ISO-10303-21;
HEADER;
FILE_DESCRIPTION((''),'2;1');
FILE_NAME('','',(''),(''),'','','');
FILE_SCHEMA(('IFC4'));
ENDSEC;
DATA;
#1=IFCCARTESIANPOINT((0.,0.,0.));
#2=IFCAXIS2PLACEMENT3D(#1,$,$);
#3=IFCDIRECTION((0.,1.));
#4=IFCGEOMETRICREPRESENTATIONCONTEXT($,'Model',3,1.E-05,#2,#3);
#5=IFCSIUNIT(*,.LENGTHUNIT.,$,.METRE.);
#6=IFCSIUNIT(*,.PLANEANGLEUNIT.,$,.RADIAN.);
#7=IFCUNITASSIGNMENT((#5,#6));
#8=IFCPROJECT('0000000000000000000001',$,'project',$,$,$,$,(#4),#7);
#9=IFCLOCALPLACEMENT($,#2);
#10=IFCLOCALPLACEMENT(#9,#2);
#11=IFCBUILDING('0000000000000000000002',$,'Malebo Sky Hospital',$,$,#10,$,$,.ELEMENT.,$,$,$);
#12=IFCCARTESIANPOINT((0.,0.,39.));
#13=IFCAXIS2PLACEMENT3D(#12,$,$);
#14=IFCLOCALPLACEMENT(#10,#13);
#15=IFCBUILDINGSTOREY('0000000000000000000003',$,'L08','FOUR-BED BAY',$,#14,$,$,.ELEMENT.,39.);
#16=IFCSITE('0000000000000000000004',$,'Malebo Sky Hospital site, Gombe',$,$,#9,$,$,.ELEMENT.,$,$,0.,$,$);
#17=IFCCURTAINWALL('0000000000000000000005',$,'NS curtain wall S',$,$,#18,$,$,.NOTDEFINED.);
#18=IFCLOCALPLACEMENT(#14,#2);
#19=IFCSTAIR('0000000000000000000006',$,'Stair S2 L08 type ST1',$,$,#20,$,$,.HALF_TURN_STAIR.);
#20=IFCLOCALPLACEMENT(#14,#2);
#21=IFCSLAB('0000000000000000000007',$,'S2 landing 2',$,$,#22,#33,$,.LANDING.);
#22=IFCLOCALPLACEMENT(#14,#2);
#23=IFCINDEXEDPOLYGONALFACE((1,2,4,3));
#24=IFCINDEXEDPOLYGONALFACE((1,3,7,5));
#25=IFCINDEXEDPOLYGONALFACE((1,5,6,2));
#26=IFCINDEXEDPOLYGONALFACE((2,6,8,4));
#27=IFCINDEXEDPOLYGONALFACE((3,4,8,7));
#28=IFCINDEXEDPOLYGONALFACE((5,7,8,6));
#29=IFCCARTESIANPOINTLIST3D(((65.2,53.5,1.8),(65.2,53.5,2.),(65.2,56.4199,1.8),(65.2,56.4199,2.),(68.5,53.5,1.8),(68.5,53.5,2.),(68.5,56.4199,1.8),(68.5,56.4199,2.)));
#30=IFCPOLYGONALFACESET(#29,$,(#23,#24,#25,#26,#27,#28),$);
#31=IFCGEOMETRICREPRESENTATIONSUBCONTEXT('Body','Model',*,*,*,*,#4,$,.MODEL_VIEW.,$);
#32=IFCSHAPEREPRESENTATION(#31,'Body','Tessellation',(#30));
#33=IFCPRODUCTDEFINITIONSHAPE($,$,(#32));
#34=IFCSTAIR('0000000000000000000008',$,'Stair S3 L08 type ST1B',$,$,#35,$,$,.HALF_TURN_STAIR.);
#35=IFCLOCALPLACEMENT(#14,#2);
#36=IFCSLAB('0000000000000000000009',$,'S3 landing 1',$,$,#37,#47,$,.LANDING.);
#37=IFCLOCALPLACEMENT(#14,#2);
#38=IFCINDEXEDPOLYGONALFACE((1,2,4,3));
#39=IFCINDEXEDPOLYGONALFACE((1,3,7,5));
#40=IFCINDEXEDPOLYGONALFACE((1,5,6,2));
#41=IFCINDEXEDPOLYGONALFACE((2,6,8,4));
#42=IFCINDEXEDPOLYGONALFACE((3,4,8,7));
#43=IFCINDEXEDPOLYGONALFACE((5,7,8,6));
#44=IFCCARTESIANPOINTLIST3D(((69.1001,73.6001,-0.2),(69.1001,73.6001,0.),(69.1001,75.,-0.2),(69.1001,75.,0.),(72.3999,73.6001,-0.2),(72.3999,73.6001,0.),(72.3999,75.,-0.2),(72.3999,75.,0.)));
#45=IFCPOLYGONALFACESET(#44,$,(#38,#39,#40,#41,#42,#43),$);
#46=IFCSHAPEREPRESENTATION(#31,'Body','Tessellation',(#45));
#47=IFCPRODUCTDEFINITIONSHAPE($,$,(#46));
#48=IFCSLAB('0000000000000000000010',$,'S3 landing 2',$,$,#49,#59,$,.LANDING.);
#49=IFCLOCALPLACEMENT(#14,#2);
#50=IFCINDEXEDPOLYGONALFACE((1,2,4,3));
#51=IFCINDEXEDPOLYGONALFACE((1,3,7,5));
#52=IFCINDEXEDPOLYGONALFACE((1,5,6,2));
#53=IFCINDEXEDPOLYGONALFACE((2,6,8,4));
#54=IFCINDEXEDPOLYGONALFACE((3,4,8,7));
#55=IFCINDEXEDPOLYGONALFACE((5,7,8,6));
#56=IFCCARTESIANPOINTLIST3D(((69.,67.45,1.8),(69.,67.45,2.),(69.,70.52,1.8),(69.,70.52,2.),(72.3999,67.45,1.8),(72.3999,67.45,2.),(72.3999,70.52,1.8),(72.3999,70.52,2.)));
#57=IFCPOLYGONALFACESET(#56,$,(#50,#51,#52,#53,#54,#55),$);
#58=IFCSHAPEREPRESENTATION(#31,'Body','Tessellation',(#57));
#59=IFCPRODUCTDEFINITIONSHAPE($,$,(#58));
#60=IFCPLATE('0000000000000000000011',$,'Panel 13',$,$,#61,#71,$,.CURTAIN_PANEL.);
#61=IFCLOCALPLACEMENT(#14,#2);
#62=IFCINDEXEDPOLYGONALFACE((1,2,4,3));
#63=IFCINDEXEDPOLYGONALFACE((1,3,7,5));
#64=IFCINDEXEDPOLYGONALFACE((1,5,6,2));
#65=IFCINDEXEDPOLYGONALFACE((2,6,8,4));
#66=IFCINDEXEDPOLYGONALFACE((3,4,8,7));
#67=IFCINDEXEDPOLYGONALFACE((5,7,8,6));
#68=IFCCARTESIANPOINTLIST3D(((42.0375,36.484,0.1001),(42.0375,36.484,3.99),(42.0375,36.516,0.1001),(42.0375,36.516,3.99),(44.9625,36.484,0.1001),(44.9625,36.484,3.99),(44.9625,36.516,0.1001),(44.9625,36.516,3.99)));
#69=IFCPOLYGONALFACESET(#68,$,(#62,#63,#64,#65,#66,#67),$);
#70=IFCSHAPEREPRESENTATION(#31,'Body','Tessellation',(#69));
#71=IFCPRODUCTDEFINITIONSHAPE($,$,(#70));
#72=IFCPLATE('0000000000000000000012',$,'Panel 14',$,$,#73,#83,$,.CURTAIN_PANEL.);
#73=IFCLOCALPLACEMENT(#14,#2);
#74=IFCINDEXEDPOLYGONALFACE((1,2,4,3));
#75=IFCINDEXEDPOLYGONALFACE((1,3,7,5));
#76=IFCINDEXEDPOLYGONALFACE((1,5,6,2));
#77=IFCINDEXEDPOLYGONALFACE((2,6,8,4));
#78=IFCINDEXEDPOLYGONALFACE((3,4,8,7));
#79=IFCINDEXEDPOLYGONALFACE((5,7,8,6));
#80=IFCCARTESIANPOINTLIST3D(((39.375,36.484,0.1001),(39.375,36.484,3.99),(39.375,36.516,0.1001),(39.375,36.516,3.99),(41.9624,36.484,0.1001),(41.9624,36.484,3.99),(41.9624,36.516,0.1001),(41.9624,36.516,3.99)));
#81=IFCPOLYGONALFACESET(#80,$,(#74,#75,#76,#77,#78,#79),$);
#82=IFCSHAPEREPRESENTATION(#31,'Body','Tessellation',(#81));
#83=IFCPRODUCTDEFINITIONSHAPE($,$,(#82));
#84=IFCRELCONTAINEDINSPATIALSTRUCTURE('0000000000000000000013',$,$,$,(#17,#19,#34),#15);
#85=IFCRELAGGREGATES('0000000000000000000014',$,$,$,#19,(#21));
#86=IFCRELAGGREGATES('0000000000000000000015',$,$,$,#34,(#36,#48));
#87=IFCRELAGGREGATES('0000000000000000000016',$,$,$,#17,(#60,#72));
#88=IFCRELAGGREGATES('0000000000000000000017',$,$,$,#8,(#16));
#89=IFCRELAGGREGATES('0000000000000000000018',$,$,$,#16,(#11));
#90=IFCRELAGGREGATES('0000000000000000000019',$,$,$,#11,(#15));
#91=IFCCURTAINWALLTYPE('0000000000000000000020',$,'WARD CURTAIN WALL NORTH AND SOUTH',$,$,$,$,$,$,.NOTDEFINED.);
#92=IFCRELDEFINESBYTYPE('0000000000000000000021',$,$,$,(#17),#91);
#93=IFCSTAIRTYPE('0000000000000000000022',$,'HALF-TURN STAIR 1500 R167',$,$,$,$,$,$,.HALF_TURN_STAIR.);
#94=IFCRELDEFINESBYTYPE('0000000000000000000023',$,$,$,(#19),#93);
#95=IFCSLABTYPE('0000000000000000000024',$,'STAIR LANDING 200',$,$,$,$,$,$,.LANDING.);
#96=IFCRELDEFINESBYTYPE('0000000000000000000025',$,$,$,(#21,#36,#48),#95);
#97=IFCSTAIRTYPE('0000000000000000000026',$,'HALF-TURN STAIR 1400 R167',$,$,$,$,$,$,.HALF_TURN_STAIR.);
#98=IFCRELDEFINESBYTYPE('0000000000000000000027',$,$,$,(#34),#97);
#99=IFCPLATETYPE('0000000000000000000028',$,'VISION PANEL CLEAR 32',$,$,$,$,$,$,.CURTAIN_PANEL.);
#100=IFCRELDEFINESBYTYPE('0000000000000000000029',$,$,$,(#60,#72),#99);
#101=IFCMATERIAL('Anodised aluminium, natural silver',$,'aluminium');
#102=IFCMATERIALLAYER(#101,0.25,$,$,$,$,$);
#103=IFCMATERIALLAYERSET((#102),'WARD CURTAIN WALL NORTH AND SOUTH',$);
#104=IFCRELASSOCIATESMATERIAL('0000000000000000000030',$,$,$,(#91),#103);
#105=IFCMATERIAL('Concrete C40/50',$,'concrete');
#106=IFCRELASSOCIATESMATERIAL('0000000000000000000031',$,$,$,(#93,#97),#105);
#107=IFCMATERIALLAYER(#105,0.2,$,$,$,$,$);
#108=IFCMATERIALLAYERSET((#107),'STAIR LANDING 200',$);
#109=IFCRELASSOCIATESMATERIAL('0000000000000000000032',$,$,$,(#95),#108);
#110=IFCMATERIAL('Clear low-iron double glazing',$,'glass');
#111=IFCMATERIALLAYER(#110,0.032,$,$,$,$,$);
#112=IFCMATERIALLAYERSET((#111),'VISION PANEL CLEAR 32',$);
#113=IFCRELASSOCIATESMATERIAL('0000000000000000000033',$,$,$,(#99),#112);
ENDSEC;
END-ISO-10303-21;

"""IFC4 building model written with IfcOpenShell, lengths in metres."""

from ifc_helpers import new_model, si_unit, direction, frame, origin, origin_2d, place, context, subcontext, project, spatial, polyline, rectangle, outline, extrude, material, layer, layer_set, type_object, element, aggregate, save


model = new_model("IFC4")

# Units and contexts
model_context = context("Model", 3, precision=1e-05, world=origin(), true_north=direction((0.0, 1.0)))
body_context = subcontext(model_context, "Body", "Model", "MODEL_VIEW")
ifc_project = project(units=[si_unit("LENGTHUNIT", "METRE"), si_unit("PLANEANGLEUNIT", "RADIAN")], contexts=[model_context])

# Site, building, storey
site_placement = place(None, origin())
site = spatial("IfcSite", under=ifc_project, at=site_placement, Name="Malebo Sky Hospital site, Gombe", CompositionType="ELEMENT", RefElevation=0.0)
building_placement = place(site_placement, origin())
building = spatial("IfcBuilding", under=site, at=building_placement, Name="Malebo Sky Hospital", CompositionType="ELEMENT")
storey_placement = place(building_placement, frame((0.0, 0.0, 39.0)))
storey = spatial("IfcBuildingStorey", under=building, at=storey_placement, Name="L08", Description="FOUR-BED BAY", CompositionType="ELEMENT", Elevation=39.0)

# Curtain wall
ifc_material_1 = material(Name="Anodised aluminium, natural silver", Category="aluminium")
ifc_layer_1 = layer(ifc_material_1, 0.25)
ifc_layer_set_1 = layer_set([ifc_layer_1], Name="WARD CURTAIN WALL NORTH AND SOUTH")
curtain_wall_type = type_object("IfcCurtainWallType", Name="WARD CURTAIN WALL NORTH AND SOUTH", PredefinedType="NOTDEFINED", material=ifc_layer_set_1)
curtain_wall_placement = place(storey_placement, origin())
curtain_wall = element("IfcCurtainWall", 1, at=curtain_wall_placement, inside=storey, type_object=curtain_wall_type, Name="NS curtain wall S", PredefinedType="NOTDEFINED")

# Shared definitions
ifc_material_2 = material(Name="Concrete C40/50", Category="concrete")

# Stairs, slabs
stair_type_1 = type_object("IfcStairType", Name="HALF-TURN STAIR 1500 R167", PredefinedType="HALF_TURN_STAIR", material=ifc_material_2)
ifc_layer_2 = layer(ifc_material_2, 0.2)
ifc_layer_set_2 = layer_set([ifc_layer_2], Name="STAIR LANDING 200")
slab_type_1 = type_object("IfcSlabType", Name="STAIR LANDING 200", PredefinedType="LANDING", material=ifc_layer_set_2)
stair_1_placement = place(storey_placement, origin())
stair_1 = element("IfcStair", 2, at=stair_1_placement, inside=storey, type_object=stair_type_1, Name="Stair S2 L08 type ST1", PredefinedType="HALF_TURN_STAIR")
slab_1_placement = place(storey_placement, frame((0.0, 0.0, 1.8)))
slab_1 = element("IfcSlab", 3, at=slab_1_placement, type_object=slab_type_1, Name="S2 landing 2", PredefinedType="LANDING", context=body_context, shape_type="SweptSolid", body=[
    extrude(outline(polyline([(65.2, 53.5), (68.5, 53.5), (68.5, 56.4199), (65.2, 56.4199), (65.2, 53.5)])), origin(), (0.0, 0.0, 1.0), 0.2),
])
aggregate(stair_1, [slab_1])
stair_type_2 = type_object("IfcStairType", Name="HALF-TURN STAIR 1400 R167", PredefinedType="HALF_TURN_STAIR", material=ifc_material_2)
stair_2_placement = place(storey_placement, origin())
stair_2 = element("IfcStair", 4, at=stair_2_placement, inside=storey, type_object=stair_type_2, Name="Stair S3 L08 type ST1B", PredefinedType="HALF_TURN_STAIR")
slab_2_placement = place(storey_placement, frame((0.0, 0.0, -0.2)))
slab_2 = element("IfcSlab", 5, at=slab_2_placement, type_object=slab_type_1, Name="S3 landing 1", PredefinedType="LANDING", context=body_context, shape_type="SweptSolid", body=[
    extrude(outline(polyline([(69.1001, 73.6001), (72.3999, 73.6001), (72.3999, 75.0), (69.1001, 75.0), (69.1001, 73.6001)])), origin(), (0.0, 0.0, 1.0), 0.2),
])
slab_3_placement = place(storey_placement, frame((0.0, 0.0, 1.8)))
slab_3 = element("IfcSlab", 6, at=slab_3_placement, type_object=slab_type_1, Name="S3 landing 2", PredefinedType="LANDING", context=body_context, shape_type="SweptSolid", body=[
    extrude(outline(polyline([(69.0, 67.45), (72.3999, 67.45), (72.3999, 70.52), (69.0, 70.52), (69.0, 67.45)])), origin(), (0.0, 0.0, 1.0), 0.2),
])
aggregate(stair_2, [slab_2, slab_3])

# Plates
ifc_material_3 = material(Name="Clear low-iron double glazing", Category="glass")
ifc_layer_3 = layer(ifc_material_3, 0.032)
ifc_layer_set_3 = layer_set([ifc_layer_3], Name="VISION PANEL CLEAR 32")
plate_type = type_object("IfcPlateType", Name="VISION PANEL CLEAR 32", PredefinedType="CURTAIN_PANEL", material=ifc_layer_set_3)
plate_1_placement = place(storey_placement, frame((43.5, 36.5, 0.1001), z_axis=(0.0, 0.0, 1.0), x_axis=(-1.0, 0.0, 0.0)))
plate_1 = element("IfcPlate", 7, at=plate_1_placement, type_object=plate_type, Name="Panel 13", PredefinedType="CURTAIN_PANEL", context=body_context, shape_type="SweptSolid", body=[
    extrude(rectangle(XDim=2.925, YDim=0.032, at=origin_2d()), origin(), (0.0, 0.0, 1.0), 3.8899),
])
plate_2_placement = place(storey_placement, frame((40.6687, 36.5, 0.1001), z_axis=(0.0, 0.0, 1.0), x_axis=(-1.0, 0.0, 0.0)))
plate_2 = element("IfcPlate", 8, at=plate_2_placement, type_object=plate_type, Name="Panel 14", PredefinedType="CURTAIN_PANEL", context=body_context, shape_type="SweptSolid", body=[
    extrude(rectangle(XDim=2.5874, YDim=0.032, at=origin_2d()), origin(), (0.0, 0.0, 1.0), 3.8899),
])
aggregate(curtain_wall, [plate_1, plate_2])

save(model, "model.ifc")
